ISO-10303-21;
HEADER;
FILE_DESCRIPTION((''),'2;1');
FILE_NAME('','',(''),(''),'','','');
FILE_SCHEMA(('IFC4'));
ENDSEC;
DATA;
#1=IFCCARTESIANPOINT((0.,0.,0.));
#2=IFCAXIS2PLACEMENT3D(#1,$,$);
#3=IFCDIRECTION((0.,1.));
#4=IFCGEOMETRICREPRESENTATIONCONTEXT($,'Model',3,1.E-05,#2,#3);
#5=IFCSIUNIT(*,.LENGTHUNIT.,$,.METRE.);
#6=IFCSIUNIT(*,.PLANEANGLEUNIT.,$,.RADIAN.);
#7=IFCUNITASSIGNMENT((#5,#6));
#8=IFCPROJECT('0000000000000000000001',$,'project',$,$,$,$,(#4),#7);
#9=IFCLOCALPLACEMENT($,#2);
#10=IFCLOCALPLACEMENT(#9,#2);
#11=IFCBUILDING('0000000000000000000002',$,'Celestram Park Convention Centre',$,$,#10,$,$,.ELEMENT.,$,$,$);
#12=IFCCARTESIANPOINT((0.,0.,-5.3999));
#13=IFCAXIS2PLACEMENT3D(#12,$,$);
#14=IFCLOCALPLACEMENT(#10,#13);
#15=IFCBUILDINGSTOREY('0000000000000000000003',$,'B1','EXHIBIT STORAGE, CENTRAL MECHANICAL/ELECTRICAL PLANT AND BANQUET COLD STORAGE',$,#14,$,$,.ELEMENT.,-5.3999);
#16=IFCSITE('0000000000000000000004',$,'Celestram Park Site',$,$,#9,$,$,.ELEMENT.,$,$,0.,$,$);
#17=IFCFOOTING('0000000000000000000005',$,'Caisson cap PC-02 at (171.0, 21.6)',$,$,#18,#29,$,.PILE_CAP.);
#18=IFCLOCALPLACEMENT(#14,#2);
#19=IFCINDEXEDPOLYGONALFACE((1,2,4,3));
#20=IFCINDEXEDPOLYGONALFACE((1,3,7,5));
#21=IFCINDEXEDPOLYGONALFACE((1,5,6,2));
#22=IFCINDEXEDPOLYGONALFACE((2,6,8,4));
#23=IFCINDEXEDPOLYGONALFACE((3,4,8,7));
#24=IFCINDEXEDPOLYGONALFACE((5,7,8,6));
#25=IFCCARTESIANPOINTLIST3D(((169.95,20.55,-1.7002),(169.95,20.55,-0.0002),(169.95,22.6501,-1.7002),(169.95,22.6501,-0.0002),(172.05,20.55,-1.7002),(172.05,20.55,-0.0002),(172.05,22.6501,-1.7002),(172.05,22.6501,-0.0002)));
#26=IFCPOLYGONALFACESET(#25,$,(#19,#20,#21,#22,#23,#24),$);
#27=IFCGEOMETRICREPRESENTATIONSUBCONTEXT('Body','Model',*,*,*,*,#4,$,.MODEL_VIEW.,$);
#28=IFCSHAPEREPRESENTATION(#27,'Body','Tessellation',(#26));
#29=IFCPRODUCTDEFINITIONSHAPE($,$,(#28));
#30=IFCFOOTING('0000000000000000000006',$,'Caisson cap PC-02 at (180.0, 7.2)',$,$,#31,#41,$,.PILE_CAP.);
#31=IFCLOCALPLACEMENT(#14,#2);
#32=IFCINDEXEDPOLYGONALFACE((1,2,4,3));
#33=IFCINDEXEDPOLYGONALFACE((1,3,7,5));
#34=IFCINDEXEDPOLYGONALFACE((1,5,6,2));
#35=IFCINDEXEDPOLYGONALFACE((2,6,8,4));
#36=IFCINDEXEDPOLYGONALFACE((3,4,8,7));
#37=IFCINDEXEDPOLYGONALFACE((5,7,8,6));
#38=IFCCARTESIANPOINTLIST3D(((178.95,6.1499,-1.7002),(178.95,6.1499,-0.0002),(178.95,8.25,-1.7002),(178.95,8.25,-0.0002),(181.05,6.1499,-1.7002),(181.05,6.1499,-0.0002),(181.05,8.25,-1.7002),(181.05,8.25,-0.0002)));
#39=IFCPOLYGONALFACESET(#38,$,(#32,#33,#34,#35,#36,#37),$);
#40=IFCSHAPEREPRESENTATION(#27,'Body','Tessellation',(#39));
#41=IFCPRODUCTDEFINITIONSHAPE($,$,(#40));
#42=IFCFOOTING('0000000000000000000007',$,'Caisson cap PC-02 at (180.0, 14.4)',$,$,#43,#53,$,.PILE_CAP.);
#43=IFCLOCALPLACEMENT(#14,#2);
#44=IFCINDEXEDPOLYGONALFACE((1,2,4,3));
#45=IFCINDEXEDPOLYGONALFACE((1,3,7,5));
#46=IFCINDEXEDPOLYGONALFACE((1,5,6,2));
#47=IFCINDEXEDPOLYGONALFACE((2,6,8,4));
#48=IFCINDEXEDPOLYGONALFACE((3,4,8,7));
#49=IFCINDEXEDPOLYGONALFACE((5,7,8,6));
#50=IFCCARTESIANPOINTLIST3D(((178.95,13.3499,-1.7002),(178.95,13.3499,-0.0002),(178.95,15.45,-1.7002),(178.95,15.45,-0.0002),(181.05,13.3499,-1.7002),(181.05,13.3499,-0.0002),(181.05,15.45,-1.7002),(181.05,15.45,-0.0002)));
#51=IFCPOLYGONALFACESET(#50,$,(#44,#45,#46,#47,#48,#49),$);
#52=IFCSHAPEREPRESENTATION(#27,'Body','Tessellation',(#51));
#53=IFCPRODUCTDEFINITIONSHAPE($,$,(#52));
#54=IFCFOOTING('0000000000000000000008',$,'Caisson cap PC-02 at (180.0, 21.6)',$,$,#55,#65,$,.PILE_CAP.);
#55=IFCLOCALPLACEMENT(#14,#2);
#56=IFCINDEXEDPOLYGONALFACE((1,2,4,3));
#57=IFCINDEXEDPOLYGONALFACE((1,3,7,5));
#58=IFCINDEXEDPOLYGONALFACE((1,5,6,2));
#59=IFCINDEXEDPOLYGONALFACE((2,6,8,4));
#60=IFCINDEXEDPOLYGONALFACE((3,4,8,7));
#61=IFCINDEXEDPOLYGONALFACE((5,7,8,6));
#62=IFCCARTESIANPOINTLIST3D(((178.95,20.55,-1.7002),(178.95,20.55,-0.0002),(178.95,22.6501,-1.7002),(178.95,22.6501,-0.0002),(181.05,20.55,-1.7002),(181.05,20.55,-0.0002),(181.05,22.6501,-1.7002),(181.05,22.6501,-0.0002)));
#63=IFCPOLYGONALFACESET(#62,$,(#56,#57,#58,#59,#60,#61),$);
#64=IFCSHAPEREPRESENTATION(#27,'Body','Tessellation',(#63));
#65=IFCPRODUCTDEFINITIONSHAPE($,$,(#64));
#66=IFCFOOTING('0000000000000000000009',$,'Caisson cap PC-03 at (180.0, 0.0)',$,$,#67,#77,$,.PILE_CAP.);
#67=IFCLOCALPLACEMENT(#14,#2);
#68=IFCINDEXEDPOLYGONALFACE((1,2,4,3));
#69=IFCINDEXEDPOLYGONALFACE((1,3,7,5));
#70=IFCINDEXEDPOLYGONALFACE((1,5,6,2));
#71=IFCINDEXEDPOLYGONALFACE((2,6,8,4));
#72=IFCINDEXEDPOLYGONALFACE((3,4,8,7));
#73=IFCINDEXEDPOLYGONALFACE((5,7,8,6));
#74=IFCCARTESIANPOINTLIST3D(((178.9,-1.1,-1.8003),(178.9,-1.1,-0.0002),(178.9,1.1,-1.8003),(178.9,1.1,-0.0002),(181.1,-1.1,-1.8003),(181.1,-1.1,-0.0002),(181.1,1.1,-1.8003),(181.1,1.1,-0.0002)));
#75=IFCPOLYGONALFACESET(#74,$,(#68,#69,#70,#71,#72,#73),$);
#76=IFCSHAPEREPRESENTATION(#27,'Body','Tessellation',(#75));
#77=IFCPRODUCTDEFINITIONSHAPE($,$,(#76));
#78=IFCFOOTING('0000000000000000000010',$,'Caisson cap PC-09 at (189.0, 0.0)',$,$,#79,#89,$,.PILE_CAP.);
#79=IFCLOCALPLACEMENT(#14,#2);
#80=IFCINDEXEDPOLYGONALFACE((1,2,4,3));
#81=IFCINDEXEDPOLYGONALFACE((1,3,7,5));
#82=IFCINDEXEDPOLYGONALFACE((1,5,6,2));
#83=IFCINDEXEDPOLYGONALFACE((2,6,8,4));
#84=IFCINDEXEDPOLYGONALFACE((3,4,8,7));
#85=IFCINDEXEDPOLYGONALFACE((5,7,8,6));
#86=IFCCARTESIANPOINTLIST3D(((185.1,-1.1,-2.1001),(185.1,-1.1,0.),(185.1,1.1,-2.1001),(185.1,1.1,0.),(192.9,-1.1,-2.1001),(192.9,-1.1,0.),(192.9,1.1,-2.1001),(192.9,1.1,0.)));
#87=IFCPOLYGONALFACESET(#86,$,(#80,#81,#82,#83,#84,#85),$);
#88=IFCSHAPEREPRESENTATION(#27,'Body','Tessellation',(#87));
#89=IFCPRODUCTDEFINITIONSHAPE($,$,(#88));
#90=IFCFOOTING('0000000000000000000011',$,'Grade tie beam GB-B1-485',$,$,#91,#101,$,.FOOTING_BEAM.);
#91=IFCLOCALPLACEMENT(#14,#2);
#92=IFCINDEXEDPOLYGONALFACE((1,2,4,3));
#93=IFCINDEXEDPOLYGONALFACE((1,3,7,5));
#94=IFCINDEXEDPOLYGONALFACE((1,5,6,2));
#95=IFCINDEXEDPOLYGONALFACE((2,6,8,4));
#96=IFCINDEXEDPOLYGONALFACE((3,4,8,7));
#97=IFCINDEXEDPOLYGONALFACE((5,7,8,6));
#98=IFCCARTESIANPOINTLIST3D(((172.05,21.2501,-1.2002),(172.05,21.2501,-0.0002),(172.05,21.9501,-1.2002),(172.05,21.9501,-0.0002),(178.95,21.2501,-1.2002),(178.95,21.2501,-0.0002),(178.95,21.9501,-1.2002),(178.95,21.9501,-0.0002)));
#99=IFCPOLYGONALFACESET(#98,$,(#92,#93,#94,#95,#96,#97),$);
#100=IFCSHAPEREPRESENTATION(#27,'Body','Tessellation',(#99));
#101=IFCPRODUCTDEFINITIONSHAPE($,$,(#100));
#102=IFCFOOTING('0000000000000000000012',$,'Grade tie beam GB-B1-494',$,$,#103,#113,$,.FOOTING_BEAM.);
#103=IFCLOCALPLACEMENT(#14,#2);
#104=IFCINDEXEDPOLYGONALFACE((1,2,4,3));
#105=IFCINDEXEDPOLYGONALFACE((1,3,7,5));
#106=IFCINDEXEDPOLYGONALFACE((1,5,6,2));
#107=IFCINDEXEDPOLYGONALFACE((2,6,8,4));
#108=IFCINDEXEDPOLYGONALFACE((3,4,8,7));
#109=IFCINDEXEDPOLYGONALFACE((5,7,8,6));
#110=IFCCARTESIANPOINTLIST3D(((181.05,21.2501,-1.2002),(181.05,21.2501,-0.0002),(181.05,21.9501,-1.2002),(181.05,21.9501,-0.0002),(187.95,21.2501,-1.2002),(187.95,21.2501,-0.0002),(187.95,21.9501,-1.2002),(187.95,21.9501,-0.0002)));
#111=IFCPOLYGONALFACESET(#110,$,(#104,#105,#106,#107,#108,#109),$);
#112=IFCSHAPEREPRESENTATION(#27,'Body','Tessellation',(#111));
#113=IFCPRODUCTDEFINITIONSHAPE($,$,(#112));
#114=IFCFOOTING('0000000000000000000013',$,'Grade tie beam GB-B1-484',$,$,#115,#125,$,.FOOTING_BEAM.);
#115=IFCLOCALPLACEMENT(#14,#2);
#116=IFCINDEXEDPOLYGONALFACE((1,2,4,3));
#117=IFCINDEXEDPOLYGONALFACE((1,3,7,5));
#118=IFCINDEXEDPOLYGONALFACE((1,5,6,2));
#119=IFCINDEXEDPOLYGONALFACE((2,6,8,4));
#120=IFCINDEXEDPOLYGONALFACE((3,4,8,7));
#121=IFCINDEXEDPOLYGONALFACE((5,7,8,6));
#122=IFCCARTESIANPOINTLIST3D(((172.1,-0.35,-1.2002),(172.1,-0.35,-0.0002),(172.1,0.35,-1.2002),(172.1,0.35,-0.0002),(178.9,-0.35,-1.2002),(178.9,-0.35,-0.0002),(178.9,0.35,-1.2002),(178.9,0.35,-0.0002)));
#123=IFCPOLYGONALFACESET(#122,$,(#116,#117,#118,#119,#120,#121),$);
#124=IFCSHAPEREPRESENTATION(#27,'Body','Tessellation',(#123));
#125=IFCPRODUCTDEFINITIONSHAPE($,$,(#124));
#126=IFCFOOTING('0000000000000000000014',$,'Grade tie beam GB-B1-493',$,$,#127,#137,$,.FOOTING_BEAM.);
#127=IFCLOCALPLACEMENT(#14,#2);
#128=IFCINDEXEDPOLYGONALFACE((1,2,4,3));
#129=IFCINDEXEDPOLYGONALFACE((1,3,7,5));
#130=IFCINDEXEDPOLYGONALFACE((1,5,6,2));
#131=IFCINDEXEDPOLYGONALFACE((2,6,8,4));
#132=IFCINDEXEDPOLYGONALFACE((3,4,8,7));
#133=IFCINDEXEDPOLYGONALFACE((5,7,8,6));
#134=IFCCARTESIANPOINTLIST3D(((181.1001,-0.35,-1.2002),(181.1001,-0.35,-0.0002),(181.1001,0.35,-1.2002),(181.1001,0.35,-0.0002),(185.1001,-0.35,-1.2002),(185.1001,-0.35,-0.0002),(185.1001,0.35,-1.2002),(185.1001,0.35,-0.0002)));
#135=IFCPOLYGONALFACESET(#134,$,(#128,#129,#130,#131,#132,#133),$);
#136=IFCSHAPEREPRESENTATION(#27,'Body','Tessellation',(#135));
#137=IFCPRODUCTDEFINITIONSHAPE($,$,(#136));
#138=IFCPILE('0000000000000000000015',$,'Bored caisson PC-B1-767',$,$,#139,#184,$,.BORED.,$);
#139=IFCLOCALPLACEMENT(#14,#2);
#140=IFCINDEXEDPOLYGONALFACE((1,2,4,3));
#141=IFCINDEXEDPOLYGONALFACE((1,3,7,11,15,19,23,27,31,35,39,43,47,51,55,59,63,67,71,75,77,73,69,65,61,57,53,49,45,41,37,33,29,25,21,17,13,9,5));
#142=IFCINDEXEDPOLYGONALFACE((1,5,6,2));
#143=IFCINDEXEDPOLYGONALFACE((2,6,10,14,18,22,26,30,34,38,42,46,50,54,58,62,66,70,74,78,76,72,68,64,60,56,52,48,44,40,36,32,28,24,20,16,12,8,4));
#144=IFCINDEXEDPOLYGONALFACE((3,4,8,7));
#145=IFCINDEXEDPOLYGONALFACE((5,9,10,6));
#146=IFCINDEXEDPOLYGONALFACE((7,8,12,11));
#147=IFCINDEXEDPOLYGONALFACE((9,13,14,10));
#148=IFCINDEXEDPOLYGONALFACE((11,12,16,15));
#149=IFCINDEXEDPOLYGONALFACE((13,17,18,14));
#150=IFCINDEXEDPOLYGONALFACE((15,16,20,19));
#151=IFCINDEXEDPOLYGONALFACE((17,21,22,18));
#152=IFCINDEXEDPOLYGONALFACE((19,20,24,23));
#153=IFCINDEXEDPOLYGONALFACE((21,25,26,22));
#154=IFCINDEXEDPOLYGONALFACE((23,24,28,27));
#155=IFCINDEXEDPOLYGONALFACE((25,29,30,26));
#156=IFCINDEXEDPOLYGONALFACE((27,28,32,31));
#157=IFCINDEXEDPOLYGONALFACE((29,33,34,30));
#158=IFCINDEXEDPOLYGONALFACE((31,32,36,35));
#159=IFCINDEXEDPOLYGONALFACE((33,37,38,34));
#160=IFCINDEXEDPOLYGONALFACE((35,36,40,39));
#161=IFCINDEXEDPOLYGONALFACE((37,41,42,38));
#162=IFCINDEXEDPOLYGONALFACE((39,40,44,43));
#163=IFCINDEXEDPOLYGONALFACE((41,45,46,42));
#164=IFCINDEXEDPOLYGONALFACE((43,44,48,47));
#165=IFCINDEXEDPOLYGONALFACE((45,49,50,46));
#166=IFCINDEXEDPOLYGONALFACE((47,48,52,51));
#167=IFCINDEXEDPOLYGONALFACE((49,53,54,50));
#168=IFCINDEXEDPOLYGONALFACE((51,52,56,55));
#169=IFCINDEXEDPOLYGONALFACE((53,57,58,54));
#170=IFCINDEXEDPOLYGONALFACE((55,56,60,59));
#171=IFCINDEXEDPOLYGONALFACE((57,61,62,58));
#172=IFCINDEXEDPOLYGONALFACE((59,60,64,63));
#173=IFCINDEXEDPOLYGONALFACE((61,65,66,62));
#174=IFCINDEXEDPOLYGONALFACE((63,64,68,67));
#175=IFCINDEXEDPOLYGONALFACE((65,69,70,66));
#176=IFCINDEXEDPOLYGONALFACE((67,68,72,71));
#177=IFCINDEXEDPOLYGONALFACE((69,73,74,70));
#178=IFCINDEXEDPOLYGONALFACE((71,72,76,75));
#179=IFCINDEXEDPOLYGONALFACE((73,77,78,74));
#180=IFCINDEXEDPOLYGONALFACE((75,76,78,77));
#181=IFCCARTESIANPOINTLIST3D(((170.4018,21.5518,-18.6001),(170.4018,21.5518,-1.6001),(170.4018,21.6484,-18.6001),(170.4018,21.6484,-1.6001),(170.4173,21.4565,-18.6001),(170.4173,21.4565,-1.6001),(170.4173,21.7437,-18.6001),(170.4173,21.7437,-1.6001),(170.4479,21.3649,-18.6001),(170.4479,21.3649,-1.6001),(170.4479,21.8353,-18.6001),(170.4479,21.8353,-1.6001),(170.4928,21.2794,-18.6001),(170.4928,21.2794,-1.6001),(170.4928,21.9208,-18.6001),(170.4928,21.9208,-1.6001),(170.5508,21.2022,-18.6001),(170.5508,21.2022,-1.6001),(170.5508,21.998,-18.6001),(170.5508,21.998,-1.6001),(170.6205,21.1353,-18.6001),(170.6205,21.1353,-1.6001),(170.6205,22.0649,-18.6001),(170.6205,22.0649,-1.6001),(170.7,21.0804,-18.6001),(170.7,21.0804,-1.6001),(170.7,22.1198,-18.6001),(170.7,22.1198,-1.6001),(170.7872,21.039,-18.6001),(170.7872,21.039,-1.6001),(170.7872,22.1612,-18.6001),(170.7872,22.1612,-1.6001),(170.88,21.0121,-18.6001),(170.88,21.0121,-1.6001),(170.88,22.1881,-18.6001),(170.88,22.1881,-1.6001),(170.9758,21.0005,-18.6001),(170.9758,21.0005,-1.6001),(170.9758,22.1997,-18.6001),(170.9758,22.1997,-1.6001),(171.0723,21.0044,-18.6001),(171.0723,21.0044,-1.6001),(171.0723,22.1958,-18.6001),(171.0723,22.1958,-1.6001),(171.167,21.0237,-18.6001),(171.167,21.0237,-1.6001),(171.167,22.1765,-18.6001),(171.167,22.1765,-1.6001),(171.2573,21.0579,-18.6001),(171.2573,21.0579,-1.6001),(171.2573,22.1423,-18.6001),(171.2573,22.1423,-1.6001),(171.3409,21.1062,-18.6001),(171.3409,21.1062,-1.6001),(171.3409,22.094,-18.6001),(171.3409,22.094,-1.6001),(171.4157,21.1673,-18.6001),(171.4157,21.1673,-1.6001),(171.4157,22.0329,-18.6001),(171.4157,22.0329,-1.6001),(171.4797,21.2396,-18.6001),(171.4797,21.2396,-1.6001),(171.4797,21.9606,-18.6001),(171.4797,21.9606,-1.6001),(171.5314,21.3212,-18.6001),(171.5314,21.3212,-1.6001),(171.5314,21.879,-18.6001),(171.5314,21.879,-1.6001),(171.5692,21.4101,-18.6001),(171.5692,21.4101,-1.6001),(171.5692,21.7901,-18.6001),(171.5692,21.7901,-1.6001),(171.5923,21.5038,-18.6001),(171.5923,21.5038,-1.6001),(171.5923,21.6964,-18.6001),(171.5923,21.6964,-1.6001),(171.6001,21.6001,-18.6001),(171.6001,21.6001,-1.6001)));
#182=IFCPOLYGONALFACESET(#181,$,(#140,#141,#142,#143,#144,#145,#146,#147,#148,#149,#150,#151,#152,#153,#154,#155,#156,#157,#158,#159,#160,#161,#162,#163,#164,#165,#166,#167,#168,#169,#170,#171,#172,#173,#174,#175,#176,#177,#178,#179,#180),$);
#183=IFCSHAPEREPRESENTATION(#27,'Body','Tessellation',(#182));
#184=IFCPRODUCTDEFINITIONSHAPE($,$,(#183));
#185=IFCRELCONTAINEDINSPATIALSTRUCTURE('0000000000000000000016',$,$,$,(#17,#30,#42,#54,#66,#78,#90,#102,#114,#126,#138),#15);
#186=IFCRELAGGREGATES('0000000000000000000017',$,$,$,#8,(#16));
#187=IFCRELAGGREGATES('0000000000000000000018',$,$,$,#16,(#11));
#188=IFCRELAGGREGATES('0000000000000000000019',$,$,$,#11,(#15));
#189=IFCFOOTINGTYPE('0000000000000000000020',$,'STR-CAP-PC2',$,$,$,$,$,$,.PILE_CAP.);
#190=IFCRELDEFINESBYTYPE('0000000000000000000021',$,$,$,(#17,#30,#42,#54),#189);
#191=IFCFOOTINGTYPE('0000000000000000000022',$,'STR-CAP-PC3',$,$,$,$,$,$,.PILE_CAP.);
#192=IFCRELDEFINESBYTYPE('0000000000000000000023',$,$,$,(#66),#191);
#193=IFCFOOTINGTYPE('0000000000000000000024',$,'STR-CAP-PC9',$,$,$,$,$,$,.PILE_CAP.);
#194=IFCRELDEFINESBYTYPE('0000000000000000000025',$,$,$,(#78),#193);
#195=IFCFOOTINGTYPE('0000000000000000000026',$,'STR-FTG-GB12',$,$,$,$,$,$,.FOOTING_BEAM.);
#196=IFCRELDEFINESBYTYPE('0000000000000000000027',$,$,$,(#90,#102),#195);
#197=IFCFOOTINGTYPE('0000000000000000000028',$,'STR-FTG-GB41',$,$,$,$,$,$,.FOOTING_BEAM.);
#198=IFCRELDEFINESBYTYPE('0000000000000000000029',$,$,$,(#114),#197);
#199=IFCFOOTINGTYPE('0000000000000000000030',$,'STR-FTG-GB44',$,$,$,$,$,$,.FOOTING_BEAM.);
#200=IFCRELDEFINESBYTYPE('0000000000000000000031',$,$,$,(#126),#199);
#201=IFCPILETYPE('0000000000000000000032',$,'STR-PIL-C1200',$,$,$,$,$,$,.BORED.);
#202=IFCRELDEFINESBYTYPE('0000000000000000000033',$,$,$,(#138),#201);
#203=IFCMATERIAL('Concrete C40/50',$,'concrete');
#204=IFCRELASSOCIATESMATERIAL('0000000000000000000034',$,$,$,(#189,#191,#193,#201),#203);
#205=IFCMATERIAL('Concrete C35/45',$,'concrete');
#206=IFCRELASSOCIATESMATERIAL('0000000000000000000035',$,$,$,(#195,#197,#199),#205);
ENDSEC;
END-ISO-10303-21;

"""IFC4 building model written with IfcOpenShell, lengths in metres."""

from ifc_helpers import new_model, si_unit, direction, frame, origin, origin_2d, place, context, subcontext, project, spatial, rectangle, circle, extrude, material, material_profile, profile_set, type_object, element, save


model = new_model("IFC4")

# Units and contexts
model_context = context("Model", 3, precision=1e-05, world=origin(), true_north=direction((0.0, 1.0)))
body_context = subcontext(model_context, "Body", "Model", "MODEL_VIEW")
ifc_project = project(units=[si_unit("LENGTHUNIT", "METRE"), si_unit("PLANEANGLEUNIT", "RADIAN")], contexts=[model_context])

# Site, building, storey
site_placement = place(None, origin())
site = spatial("IfcSite", under=ifc_project, at=site_placement, Name="Celestram Park Site", CompositionType="ELEMENT", RefElevation=0.0)
building_placement = place(site_placement, origin())
building = spatial("IfcBuilding", under=site, at=building_placement, Name="Celestram Park Convention Centre", CompositionType="ELEMENT")
storey_placement = place(building_placement, frame((0.0, 0.0, -5.3999)))
storey = spatial("IfcBuildingStorey", under=building, at=storey_placement, Name="B1", Description="EXHIBIT STORAGE, CENTRAL MECHANICAL/ELECTRICAL PLANT AND BANQUET COLD STORAGE", CompositionType="ELEMENT", Elevation=-5.3999)

# Footings
ifc_material_1 = material(Name="Concrete C40/50", Category="concrete")
footing_type_1 = type_object("IfcFootingType", Name="STR-CAP-PC2", PredefinedType="PILE_CAP", material=ifc_material_1)
for number, where, z_axis, x_axis, name in (
    (1, (171.0, 21.6001, -1.7002), (0.0, 0.0, 1.0), (1.0, 0.0, 0.0), "Caisson cap PC-02 at (171.0, 21.6)"),
    (2, (180.0, 7.2, -1.7002), (0.0, 0.0, 1.0), (1.0, 0.0, 0.0), "Caisson cap PC-02 at (180.0, 7.2)"),
    (3, (180.0, 14.3999, -1.7002), (0.0, 0.0, 1.0), (1.0, 0.0, 0.0), "Caisson cap PC-02 at (180.0, 14.4)"),
    (4, (180.0, 21.6001, -1.7002), (0.0, 0.0, 1.0), (1.0, 0.0, 0.0), "Caisson cap PC-02 at (180.0, 21.6)"),
):
    element("IfcFooting", number, at=place(storey_placement, frame(where, z_axis=z_axis, x_axis=x_axis)), inside=storey, type_object=footing_type_1, Name=name, PredefinedType="PILE_CAP", context=body_context, shape_type="SweptSolid", body=[
        extrude(rectangle(XDim=2.1001, YDim=2.1001, at=origin_2d()), origin(), (0.0, 0.0, 1.0), 1.7),
    ])
footing_type_2 = type_object("IfcFootingType", Name="STR-CAP-PC3", PredefinedType="PILE_CAP", material=ifc_material_1)
footing_1_placement = place(storey_placement, frame((180.0, 0.0, -1.8003), z_axis=(0.0, 0.0, 1.0), x_axis=(1.0, 0.0, 0.0)))
element("IfcFooting", 5, at=footing_1_placement, inside=storey, type_object=footing_type_2, Name="Caisson cap PC-03 at (180.0, 0.0)", PredefinedType="PILE_CAP", context=body_context, shape_type="SweptSolid", body=[
    extrude(rectangle(XDim=2.2, YDim=2.2, at=origin_2d()), origin(), (0.0, 0.0, 1.0), 1.8),
])
footing_type_3 = type_object("IfcFootingType", Name="STR-CAP-PC9", PredefinedType="PILE_CAP", material=ifc_material_1)
footing_2_placement = place(storey_placement, frame((189.0, 0.0, -2.1001), z_axis=(0.0, 0.0, 1.0), x_axis=(1.0, 0.0, 0.0)))
element("IfcFooting", 6, at=footing_2_placement, inside=storey, type_object=footing_type_3, Name="Caisson cap PC-09 at (189.0, 0.0)", PredefinedType="PILE_CAP", context=body_context, shape_type="SweptSolid", body=[
    extrude(rectangle(XDim=7.8, YDim=2.2, at=origin_2d()), origin(), (0.0, 0.0, 1.0), 2.1001),
])
ifc_material_2 = material(Name="Concrete C35/45", Category="concrete")
footing_type_4 = type_object("IfcFootingType", Name="STR-FTG-GB12", PredefinedType="FOOTING_BEAM", material=ifc_material_2)
for number, where, z_axis, x_axis, name in (
    (7, (175.5, 21.6001, -1.2002), (0.0, 0.0, 1.0), (1.0, 0.0, 0.0), "Grade tie beam GB-B1-485"),
    (8, (184.5, 21.6001, -1.2002), (0.0, 0.0, 1.0), (1.0, 0.0, 0.0), "Grade tie beam GB-B1-494"),
):
    element("IfcFooting", number, at=place(storey_placement, frame(where, z_axis=z_axis, x_axis=x_axis)), inside=storey, type_object=footing_type_4, Name=name, PredefinedType="FOOTING_BEAM", context=body_context, shape_type="SweptSolid", body=[
        extrude(rectangle(XDim=6.8999, YDim=0.7, at=origin_2d()), origin(), (0.0, 0.0, 1.0), 1.2),
    ])
footing_type_5 = type_object("IfcFootingType", Name="STR-FTG-GB41", PredefinedType="FOOTING_BEAM", material=ifc_material_2)
footing_3_placement = place(storey_placement, frame((175.5, 0.0, -1.2002), z_axis=(0.0, 0.0, 1.0), x_axis=(1.0, 0.0, 0.0)))
element("IfcFooting", 9, at=footing_3_placement, inside=storey, type_object=footing_type_5, Name="Grade tie beam GB-B1-484", PredefinedType="FOOTING_BEAM", context=body_context, shape_type="SweptSolid", body=[
    extrude(rectangle(XDim=6.8, YDim=0.7, at=origin_2d()), origin(), (0.0, 0.0, 1.0), 1.2),
])
footing_type_6 = type_object("IfcFootingType", Name="STR-FTG-GB44", PredefinedType="FOOTING_BEAM", material=ifc_material_2)
footing_4_placement = place(storey_placement, frame((183.1001, 0.0, -1.2002), z_axis=(0.0, 0.0, 1.0), x_axis=(1.0, 0.0, 0.0)))
element("IfcFooting", 10, at=footing_4_placement, inside=storey, type_object=footing_type_6, Name="Grade tie beam GB-B1-493", PredefinedType="FOOTING_BEAM", context=body_context, shape_type="SweptSolid", body=[
    extrude(rectangle(XDim=4.0, YDim=0.7, at=origin_2d()), origin(), (0.0, 0.0, 1.0), 1.2),
])

# Pile
ifc_material_profile_1 = material_profile(ifc_material_1, circle(Radius=0.6001, at=origin_2d()), Name="CAISSON1200")
ifc_profile_set_1 = profile_set([ifc_material_profile_1], Name="Concrete C40/50")
pile_type_1 = type_object("IfcPileType", Name="STR-PIL-C1200", PredefinedType="BORED", material=ifc_profile_set_1)
for number, where, z_axis, x_axis, name in (
    (11, (171.0, 21.6001, -1.6001), (0.0, 0.0, -1.0), (1.0, 0.0, 0.0), "Bored caisson PC-B1-767"),
):
    element("IfcPile", number, at=place(storey_placement, frame(where, z_axis=z_axis, x_axis=x_axis)), inside=storey, type_object=pile_type_1, Name=name, PredefinedType="BORED", context=body_context, shape_type="SweptSolid", body=[
        extrude(circle(Radius=0.6001, at=origin_2d()), origin(), (0.0, 0.0, 1.0), 17.0),
    ])

save(model, "model.ifc")
